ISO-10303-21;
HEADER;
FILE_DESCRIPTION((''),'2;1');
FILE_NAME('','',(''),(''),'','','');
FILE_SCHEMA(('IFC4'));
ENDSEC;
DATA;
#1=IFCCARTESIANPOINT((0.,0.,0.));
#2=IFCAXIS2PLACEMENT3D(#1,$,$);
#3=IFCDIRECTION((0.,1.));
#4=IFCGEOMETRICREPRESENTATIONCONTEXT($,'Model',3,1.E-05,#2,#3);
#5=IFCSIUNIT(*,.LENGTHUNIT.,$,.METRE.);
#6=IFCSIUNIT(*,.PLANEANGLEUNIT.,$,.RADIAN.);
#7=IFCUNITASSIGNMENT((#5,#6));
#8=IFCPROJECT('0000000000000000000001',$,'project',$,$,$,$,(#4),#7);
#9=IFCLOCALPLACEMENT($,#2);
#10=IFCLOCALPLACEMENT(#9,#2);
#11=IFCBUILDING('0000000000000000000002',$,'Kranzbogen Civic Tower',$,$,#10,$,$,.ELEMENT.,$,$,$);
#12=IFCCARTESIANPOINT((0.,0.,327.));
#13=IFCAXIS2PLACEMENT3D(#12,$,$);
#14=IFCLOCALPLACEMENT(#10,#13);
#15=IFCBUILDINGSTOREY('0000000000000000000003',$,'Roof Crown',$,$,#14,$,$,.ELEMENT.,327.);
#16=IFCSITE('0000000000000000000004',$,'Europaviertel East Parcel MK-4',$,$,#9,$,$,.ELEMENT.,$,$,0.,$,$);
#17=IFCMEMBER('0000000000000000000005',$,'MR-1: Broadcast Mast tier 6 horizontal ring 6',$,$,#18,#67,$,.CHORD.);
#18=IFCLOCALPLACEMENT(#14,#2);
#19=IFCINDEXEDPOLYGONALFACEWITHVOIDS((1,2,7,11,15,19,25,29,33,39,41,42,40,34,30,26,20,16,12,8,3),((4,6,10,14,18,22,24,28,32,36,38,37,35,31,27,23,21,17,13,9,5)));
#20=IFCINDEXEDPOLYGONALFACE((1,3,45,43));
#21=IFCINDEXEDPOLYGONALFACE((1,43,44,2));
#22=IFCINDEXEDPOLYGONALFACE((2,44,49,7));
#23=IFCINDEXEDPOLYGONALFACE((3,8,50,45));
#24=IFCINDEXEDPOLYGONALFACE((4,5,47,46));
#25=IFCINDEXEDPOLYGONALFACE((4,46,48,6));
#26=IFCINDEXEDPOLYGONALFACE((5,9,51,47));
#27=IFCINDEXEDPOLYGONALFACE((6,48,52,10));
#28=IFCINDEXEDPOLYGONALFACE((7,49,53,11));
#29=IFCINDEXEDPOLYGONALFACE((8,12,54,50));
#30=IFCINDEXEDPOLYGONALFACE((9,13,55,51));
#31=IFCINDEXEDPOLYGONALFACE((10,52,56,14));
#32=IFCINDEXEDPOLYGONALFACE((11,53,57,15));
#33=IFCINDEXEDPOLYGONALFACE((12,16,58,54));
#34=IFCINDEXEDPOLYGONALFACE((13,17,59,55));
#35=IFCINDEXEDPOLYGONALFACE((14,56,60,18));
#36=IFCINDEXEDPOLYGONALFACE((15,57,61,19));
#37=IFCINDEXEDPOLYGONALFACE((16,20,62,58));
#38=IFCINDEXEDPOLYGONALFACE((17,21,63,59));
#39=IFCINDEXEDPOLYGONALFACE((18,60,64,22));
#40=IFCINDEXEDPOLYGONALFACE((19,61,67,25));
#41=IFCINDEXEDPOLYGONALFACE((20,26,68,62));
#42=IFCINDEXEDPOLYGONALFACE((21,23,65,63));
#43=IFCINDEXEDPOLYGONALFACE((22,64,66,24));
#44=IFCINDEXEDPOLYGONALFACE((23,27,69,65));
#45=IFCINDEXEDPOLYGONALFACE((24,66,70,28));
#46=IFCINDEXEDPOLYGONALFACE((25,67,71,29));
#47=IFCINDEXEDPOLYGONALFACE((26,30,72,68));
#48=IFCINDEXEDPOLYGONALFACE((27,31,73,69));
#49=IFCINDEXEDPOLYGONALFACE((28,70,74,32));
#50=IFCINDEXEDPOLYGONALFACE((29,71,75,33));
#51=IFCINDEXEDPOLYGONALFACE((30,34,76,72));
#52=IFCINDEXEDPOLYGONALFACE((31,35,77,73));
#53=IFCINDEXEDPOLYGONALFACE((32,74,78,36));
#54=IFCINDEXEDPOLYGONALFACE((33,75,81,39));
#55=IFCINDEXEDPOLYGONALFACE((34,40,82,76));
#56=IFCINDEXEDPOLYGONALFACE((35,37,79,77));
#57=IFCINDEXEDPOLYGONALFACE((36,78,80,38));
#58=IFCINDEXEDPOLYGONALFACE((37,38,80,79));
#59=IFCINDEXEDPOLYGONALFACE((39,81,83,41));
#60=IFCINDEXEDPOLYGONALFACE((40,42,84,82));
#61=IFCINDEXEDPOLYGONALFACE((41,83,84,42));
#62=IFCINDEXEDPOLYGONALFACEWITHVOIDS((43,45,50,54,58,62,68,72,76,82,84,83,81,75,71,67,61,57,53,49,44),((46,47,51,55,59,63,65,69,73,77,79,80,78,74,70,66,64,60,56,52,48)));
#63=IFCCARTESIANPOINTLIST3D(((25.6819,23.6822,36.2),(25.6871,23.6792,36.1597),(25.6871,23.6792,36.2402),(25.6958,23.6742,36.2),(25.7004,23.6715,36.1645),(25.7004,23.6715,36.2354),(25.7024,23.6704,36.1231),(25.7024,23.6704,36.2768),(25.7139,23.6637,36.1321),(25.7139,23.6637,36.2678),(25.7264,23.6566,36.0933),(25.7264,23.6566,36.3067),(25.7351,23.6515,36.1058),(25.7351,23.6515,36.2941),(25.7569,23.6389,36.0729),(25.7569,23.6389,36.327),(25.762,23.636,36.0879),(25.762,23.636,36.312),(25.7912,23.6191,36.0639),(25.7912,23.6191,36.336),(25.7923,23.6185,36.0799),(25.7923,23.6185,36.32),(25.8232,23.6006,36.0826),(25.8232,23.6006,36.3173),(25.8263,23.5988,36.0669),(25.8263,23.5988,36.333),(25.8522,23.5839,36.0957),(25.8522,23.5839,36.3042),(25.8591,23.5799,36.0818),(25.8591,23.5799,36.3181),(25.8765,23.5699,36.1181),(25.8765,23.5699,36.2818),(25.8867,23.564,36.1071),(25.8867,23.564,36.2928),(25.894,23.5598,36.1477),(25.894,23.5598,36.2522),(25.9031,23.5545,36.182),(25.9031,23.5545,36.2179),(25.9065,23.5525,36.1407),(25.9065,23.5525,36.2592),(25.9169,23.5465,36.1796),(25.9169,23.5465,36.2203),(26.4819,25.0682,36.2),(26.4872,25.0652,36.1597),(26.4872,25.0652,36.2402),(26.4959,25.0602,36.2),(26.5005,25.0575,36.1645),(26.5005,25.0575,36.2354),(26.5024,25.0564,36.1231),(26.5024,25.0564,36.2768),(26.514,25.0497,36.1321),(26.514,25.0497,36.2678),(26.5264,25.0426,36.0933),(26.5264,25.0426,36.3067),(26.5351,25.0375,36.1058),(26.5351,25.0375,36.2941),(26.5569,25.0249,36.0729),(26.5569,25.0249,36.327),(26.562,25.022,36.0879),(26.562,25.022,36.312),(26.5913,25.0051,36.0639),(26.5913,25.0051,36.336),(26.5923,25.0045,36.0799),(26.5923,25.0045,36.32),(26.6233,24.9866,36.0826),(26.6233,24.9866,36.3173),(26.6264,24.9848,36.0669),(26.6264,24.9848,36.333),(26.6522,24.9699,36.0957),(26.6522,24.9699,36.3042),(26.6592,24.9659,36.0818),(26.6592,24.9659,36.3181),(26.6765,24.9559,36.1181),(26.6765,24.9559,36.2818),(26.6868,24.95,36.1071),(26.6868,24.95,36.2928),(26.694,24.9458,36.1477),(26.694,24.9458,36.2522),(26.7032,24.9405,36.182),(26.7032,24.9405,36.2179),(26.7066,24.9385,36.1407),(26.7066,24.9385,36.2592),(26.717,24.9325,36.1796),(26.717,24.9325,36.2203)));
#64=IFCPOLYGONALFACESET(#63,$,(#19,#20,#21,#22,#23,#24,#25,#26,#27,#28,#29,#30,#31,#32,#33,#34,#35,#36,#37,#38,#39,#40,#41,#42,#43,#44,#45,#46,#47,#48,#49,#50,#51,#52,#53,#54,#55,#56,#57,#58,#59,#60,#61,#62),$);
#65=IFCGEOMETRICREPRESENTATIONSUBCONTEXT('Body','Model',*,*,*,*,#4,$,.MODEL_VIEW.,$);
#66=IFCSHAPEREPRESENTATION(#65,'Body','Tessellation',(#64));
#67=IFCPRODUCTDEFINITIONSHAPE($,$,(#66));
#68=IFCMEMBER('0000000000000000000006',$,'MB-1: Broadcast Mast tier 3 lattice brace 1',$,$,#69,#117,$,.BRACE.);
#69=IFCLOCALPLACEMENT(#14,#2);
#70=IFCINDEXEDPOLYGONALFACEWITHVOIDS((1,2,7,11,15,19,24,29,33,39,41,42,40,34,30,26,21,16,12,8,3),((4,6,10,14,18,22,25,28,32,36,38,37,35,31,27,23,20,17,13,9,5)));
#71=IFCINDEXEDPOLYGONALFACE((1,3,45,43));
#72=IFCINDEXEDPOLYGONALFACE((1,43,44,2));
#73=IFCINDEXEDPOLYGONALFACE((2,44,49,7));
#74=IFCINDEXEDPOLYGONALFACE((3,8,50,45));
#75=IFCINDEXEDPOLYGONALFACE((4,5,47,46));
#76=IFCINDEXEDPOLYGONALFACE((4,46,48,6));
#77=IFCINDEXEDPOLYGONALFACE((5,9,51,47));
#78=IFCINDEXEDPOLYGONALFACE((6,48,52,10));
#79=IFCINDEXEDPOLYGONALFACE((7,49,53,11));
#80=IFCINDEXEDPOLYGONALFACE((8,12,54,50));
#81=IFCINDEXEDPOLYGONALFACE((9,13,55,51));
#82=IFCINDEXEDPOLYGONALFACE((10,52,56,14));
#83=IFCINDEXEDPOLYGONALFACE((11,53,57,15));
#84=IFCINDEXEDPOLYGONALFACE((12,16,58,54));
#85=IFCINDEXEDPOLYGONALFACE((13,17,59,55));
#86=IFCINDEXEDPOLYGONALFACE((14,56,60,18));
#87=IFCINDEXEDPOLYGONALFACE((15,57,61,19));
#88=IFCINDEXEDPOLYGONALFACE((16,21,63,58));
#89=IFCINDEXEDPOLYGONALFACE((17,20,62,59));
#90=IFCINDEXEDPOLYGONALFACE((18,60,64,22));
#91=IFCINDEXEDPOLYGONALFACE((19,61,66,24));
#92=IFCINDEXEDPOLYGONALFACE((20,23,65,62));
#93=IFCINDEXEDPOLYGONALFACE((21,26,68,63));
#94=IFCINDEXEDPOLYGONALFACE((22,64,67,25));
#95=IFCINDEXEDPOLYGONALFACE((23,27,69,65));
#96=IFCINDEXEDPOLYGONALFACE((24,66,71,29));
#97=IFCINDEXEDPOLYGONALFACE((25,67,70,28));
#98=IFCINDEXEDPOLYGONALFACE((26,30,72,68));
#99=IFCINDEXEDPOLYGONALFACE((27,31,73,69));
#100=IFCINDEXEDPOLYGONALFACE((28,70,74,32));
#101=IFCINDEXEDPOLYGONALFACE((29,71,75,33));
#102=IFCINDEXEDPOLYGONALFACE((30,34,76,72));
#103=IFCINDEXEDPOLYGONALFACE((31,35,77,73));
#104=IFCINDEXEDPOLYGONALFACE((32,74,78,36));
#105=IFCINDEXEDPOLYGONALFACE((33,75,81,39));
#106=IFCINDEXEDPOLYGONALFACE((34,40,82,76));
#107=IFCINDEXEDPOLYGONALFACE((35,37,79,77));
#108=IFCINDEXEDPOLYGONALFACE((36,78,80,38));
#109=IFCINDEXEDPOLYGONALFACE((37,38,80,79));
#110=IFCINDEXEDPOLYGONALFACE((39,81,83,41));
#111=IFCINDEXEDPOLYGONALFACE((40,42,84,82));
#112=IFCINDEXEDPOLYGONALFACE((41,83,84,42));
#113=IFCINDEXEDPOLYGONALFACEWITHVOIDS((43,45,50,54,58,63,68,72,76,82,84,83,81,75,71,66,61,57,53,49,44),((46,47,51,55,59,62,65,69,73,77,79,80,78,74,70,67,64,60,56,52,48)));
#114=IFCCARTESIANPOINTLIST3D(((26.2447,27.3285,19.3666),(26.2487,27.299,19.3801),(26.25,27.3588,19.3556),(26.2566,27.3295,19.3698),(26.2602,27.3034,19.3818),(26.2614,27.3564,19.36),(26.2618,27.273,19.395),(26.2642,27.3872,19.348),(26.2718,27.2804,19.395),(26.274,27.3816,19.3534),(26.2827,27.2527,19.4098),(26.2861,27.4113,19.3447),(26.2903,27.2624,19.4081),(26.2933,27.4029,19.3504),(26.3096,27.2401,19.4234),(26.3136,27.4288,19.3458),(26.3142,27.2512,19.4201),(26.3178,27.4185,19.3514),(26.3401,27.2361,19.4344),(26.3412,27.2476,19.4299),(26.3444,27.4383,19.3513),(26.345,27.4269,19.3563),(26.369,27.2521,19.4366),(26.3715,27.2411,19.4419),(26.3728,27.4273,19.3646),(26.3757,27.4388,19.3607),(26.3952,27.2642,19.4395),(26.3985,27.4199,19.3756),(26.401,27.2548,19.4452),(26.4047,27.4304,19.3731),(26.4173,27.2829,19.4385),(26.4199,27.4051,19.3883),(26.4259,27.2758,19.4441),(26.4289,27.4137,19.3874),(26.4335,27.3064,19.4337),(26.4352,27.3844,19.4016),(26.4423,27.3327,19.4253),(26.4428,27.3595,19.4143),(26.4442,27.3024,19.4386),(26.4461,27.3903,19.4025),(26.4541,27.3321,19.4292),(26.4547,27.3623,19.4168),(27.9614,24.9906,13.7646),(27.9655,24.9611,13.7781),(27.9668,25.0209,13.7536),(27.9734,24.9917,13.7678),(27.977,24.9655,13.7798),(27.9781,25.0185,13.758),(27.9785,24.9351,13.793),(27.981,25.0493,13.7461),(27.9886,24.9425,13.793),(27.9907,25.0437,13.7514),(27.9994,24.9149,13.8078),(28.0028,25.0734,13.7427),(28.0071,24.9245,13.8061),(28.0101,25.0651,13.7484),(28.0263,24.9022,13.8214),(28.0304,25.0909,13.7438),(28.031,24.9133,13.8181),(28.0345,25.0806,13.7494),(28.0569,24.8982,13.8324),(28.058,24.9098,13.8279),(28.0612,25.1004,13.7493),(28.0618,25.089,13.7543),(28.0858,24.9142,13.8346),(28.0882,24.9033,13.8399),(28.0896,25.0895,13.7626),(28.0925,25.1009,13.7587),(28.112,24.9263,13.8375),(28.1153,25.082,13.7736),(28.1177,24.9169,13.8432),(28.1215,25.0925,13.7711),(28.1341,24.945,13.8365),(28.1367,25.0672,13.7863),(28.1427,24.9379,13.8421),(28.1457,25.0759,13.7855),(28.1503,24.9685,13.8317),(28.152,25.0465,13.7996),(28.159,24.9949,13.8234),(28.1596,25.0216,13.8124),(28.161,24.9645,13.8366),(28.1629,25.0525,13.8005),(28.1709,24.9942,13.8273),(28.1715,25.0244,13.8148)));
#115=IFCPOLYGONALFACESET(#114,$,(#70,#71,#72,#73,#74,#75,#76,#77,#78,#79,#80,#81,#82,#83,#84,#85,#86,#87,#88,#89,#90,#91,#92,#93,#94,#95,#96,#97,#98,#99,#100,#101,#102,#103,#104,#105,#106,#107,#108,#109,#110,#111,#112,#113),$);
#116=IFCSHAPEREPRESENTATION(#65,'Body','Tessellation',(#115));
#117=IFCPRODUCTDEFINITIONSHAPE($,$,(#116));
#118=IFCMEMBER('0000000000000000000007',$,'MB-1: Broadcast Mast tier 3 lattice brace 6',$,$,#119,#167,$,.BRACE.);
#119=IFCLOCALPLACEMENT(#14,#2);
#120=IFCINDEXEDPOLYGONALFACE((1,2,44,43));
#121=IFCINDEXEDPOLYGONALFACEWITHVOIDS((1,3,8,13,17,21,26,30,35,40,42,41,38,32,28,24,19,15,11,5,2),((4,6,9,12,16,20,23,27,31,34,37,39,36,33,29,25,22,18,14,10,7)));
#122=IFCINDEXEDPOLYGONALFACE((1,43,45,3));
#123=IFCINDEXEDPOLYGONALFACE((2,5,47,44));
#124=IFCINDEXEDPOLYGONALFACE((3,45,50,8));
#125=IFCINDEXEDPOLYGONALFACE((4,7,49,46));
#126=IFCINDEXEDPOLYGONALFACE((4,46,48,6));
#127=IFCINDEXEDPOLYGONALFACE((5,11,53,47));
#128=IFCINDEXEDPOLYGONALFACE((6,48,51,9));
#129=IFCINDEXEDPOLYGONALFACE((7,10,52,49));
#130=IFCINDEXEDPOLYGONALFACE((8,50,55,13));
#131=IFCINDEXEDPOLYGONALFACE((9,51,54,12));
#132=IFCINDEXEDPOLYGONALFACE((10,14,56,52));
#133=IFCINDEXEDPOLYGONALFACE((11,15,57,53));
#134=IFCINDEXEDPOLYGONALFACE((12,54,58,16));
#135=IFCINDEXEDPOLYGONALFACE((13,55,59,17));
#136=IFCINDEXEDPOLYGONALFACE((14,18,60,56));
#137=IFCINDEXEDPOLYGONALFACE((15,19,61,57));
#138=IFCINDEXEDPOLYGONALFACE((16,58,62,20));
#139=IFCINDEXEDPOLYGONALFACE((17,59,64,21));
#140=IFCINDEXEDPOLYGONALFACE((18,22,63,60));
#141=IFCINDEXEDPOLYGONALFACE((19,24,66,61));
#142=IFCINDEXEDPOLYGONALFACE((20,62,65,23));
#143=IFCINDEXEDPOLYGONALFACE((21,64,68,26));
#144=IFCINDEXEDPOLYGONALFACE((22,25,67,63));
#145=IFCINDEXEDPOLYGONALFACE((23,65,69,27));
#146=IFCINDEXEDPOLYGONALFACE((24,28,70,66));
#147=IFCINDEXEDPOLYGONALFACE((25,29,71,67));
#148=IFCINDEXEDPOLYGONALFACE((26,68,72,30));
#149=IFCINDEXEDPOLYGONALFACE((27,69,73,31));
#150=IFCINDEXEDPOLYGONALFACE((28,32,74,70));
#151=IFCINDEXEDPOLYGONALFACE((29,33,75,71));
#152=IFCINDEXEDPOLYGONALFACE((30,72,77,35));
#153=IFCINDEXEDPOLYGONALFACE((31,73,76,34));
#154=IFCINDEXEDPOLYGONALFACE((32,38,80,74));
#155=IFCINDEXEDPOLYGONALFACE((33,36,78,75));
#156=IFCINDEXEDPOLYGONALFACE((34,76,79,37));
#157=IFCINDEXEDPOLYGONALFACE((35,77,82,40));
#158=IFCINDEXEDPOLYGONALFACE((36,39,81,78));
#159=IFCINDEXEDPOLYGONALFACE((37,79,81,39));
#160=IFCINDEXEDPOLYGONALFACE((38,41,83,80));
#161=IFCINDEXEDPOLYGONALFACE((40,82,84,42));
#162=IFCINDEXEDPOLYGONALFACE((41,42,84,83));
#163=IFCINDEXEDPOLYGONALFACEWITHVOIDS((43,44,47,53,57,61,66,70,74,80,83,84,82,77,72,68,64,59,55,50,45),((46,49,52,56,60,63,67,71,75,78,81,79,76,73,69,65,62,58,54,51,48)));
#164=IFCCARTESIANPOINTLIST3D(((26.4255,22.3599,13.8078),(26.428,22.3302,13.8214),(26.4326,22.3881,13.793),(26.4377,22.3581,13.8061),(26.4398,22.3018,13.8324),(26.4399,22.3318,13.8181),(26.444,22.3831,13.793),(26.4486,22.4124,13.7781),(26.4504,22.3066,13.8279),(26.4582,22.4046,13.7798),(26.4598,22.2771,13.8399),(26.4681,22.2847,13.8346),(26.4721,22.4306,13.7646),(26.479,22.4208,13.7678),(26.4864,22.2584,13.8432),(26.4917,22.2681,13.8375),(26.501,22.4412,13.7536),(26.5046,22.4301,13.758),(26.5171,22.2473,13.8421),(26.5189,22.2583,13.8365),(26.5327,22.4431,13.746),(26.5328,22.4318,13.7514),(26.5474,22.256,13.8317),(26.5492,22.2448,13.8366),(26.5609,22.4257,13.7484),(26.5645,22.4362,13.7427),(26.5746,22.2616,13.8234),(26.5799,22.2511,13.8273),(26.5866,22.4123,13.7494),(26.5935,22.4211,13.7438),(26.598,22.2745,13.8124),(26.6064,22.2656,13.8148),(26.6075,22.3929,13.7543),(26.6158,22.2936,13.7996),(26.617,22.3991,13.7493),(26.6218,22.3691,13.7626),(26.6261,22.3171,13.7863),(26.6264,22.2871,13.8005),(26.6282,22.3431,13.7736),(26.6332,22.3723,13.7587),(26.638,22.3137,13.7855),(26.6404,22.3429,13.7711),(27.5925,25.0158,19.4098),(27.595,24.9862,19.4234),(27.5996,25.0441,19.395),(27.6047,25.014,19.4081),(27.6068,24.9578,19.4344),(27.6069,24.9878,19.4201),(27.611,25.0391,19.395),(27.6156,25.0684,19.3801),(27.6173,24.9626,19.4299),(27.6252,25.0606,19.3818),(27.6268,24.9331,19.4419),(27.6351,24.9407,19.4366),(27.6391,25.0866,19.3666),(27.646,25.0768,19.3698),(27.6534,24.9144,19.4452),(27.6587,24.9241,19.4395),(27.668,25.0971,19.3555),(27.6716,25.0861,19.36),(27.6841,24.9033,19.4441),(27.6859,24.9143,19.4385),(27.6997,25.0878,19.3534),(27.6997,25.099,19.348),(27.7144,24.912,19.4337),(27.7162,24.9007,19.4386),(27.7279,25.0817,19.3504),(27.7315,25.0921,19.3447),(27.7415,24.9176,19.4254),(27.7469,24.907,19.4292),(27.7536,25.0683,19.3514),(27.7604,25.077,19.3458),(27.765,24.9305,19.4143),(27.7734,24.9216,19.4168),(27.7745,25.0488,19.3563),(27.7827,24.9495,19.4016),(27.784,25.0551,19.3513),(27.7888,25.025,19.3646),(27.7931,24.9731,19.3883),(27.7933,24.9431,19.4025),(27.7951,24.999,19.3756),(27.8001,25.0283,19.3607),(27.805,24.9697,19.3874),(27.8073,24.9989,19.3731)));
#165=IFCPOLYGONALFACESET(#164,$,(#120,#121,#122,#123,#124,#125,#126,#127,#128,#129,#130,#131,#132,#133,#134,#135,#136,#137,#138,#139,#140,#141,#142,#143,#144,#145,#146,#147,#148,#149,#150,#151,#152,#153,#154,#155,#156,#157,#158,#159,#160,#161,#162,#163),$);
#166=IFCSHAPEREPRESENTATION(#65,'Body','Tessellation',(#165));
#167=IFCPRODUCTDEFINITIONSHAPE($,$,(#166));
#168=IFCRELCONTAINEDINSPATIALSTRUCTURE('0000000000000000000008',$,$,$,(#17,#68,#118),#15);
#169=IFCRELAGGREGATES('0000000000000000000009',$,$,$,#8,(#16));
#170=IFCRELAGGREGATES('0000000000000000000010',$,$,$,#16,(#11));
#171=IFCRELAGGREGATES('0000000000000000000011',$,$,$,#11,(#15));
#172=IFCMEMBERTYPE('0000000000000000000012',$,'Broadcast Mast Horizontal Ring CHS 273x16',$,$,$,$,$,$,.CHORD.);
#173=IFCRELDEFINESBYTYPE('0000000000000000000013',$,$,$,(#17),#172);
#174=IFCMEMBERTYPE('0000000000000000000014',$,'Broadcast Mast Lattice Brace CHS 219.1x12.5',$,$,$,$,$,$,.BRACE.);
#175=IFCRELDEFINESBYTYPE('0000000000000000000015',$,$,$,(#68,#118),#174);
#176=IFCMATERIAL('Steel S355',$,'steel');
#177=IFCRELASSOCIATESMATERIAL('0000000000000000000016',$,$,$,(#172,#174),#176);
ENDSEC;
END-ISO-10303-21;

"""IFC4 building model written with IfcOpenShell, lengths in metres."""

from ifc_helpers import new_model, si_unit, direction, frame, origin, origin_2d, place, context, subcontext, project, spatial, hollow_circle, extrude, material, material_profile, profile_set, type_object, element, save


model = new_model("IFC4")

# Units and contexts
model_context = context("Model", 3, precision=1e-05, world=origin(), true_north=direction((0.0, 1.0)))
body_context = subcontext(model_context, "Body", "Model", "MODEL_VIEW")
ifc_project = project(units=[si_unit("LENGTHUNIT", "METRE"), si_unit("PLANEANGLEUNIT", "RADIAN")], contexts=[model_context])

# Site, building, storey
site_placement = place(None, origin())
site = spatial("IfcSite", under=ifc_project, at=site_placement, Name="Europaviertel East Parcel MK-4", CompositionType="ELEMENT", RefElevation=0.0)
building_placement = place(site_placement, origin())
building = spatial("IfcBuilding", under=site, at=building_placement, Name="Kranzbogen Civic Tower", CompositionType="ELEMENT")
storey_placement = place(building_placement, frame((0.0, 0.0, 327.0)))
storey = spatial("IfcBuildingStorey", under=building, at=storey_placement, Name="Roof Crown", CompositionType="ELEMENT", Elevation=327.0)

# Members
ifc_material = material(Name="Steel S355", Category="steel")
ifc_material_profile_1 = material_profile(ifc_material, hollow_circle(Radius=0.1365, WallThickness=0.0161, at=origin_2d()), Name="CHS 273x16")
ifc_profile_set_1 = profile_set([ifc_material_profile_1], Name="Steel S355")
member_type_1 = type_object("IfcMemberType", Name="Broadcast Mast Horizontal Ring CHS 273x16", PredefinedType="CHORD", material=ifc_profile_set_1)
member_1_placement = place(storey_placement, frame((25.8, 23.614, 36.2), z_axis=(0.499929, 0.866066, 0.0), x_axis=(-0.866066, 0.499929, 0.0)))
element("IfcMember", 1, at=member_1_placement, inside=storey, type_object=member_type_1, Name="MR-1: Broadcast Mast tier 6 horizontal ring 6", PredefinedType="CHORD", context=body_context, shape_type="SweptSolid", body=[
    extrude(hollow_circle(Radius=0.1365, WallThickness=0.0161, at=origin_2d()), origin(), (0.0, 0.0, 1.0), 1.6003),
])
ifc_material_profile_2 = material_profile(ifc_material, hollow_circle(Radius=0.1096, WallThickness=0.0125, at=origin_2d()), Name="CHS 219.1x12.5")
ifc_profile_set_2 = profile_set([ifc_material_profile_2], Name="Steel S355")
member_type_2 = type_object("IfcMemberType", Name="Broadcast Mast Lattice Brace CHS 219.1x12.5", PredefinedType="BRACE", material=ifc_profile_set_2)
member_2_placement = place(storey_placement, frame((28.0669, 25.0, 13.793), z_axis=(-0.272144, 0.370599, 0.888028), x_axis=(-0.806019, -0.591889, 0.0)))
element("IfcMember", 2, at=member_2_placement, inside=storey, type_object=member_type_2, Name="MB-1: Broadcast Mast tier 3 lattice brace 1", PredefinedType="BRACE", context=body_context, shape_type="SweptSolid", body=[
    extrude(hollow_circle(Radius=0.1096, WallThickness=0.0125, at=origin_2d()), origin(), (0.0, 0.0, 1.0), 6.3083),
])
member_3_placement = place(storey_placement, frame((26.533, 22.344, 13.793), z_axis=(0.184983, 0.421009, 0.887994), x_axis=(-0.915525, 0.402262, 0.0)))
element("IfcMember", 3, at=member_3_placement, inside=storey, type_object=member_type_2, Name="MB-1: Broadcast Mast tier 3 lattice brace 6", PredefinedType="BRACE", context=body_context, shape_type="SweptSolid", body=[
    extrude(hollow_circle(Radius=0.1096, WallThickness=0.0125, at=origin_2d()), origin(), (0.0, 0.0, 1.0), 6.3086),
])

save(model, "model.ifc")
